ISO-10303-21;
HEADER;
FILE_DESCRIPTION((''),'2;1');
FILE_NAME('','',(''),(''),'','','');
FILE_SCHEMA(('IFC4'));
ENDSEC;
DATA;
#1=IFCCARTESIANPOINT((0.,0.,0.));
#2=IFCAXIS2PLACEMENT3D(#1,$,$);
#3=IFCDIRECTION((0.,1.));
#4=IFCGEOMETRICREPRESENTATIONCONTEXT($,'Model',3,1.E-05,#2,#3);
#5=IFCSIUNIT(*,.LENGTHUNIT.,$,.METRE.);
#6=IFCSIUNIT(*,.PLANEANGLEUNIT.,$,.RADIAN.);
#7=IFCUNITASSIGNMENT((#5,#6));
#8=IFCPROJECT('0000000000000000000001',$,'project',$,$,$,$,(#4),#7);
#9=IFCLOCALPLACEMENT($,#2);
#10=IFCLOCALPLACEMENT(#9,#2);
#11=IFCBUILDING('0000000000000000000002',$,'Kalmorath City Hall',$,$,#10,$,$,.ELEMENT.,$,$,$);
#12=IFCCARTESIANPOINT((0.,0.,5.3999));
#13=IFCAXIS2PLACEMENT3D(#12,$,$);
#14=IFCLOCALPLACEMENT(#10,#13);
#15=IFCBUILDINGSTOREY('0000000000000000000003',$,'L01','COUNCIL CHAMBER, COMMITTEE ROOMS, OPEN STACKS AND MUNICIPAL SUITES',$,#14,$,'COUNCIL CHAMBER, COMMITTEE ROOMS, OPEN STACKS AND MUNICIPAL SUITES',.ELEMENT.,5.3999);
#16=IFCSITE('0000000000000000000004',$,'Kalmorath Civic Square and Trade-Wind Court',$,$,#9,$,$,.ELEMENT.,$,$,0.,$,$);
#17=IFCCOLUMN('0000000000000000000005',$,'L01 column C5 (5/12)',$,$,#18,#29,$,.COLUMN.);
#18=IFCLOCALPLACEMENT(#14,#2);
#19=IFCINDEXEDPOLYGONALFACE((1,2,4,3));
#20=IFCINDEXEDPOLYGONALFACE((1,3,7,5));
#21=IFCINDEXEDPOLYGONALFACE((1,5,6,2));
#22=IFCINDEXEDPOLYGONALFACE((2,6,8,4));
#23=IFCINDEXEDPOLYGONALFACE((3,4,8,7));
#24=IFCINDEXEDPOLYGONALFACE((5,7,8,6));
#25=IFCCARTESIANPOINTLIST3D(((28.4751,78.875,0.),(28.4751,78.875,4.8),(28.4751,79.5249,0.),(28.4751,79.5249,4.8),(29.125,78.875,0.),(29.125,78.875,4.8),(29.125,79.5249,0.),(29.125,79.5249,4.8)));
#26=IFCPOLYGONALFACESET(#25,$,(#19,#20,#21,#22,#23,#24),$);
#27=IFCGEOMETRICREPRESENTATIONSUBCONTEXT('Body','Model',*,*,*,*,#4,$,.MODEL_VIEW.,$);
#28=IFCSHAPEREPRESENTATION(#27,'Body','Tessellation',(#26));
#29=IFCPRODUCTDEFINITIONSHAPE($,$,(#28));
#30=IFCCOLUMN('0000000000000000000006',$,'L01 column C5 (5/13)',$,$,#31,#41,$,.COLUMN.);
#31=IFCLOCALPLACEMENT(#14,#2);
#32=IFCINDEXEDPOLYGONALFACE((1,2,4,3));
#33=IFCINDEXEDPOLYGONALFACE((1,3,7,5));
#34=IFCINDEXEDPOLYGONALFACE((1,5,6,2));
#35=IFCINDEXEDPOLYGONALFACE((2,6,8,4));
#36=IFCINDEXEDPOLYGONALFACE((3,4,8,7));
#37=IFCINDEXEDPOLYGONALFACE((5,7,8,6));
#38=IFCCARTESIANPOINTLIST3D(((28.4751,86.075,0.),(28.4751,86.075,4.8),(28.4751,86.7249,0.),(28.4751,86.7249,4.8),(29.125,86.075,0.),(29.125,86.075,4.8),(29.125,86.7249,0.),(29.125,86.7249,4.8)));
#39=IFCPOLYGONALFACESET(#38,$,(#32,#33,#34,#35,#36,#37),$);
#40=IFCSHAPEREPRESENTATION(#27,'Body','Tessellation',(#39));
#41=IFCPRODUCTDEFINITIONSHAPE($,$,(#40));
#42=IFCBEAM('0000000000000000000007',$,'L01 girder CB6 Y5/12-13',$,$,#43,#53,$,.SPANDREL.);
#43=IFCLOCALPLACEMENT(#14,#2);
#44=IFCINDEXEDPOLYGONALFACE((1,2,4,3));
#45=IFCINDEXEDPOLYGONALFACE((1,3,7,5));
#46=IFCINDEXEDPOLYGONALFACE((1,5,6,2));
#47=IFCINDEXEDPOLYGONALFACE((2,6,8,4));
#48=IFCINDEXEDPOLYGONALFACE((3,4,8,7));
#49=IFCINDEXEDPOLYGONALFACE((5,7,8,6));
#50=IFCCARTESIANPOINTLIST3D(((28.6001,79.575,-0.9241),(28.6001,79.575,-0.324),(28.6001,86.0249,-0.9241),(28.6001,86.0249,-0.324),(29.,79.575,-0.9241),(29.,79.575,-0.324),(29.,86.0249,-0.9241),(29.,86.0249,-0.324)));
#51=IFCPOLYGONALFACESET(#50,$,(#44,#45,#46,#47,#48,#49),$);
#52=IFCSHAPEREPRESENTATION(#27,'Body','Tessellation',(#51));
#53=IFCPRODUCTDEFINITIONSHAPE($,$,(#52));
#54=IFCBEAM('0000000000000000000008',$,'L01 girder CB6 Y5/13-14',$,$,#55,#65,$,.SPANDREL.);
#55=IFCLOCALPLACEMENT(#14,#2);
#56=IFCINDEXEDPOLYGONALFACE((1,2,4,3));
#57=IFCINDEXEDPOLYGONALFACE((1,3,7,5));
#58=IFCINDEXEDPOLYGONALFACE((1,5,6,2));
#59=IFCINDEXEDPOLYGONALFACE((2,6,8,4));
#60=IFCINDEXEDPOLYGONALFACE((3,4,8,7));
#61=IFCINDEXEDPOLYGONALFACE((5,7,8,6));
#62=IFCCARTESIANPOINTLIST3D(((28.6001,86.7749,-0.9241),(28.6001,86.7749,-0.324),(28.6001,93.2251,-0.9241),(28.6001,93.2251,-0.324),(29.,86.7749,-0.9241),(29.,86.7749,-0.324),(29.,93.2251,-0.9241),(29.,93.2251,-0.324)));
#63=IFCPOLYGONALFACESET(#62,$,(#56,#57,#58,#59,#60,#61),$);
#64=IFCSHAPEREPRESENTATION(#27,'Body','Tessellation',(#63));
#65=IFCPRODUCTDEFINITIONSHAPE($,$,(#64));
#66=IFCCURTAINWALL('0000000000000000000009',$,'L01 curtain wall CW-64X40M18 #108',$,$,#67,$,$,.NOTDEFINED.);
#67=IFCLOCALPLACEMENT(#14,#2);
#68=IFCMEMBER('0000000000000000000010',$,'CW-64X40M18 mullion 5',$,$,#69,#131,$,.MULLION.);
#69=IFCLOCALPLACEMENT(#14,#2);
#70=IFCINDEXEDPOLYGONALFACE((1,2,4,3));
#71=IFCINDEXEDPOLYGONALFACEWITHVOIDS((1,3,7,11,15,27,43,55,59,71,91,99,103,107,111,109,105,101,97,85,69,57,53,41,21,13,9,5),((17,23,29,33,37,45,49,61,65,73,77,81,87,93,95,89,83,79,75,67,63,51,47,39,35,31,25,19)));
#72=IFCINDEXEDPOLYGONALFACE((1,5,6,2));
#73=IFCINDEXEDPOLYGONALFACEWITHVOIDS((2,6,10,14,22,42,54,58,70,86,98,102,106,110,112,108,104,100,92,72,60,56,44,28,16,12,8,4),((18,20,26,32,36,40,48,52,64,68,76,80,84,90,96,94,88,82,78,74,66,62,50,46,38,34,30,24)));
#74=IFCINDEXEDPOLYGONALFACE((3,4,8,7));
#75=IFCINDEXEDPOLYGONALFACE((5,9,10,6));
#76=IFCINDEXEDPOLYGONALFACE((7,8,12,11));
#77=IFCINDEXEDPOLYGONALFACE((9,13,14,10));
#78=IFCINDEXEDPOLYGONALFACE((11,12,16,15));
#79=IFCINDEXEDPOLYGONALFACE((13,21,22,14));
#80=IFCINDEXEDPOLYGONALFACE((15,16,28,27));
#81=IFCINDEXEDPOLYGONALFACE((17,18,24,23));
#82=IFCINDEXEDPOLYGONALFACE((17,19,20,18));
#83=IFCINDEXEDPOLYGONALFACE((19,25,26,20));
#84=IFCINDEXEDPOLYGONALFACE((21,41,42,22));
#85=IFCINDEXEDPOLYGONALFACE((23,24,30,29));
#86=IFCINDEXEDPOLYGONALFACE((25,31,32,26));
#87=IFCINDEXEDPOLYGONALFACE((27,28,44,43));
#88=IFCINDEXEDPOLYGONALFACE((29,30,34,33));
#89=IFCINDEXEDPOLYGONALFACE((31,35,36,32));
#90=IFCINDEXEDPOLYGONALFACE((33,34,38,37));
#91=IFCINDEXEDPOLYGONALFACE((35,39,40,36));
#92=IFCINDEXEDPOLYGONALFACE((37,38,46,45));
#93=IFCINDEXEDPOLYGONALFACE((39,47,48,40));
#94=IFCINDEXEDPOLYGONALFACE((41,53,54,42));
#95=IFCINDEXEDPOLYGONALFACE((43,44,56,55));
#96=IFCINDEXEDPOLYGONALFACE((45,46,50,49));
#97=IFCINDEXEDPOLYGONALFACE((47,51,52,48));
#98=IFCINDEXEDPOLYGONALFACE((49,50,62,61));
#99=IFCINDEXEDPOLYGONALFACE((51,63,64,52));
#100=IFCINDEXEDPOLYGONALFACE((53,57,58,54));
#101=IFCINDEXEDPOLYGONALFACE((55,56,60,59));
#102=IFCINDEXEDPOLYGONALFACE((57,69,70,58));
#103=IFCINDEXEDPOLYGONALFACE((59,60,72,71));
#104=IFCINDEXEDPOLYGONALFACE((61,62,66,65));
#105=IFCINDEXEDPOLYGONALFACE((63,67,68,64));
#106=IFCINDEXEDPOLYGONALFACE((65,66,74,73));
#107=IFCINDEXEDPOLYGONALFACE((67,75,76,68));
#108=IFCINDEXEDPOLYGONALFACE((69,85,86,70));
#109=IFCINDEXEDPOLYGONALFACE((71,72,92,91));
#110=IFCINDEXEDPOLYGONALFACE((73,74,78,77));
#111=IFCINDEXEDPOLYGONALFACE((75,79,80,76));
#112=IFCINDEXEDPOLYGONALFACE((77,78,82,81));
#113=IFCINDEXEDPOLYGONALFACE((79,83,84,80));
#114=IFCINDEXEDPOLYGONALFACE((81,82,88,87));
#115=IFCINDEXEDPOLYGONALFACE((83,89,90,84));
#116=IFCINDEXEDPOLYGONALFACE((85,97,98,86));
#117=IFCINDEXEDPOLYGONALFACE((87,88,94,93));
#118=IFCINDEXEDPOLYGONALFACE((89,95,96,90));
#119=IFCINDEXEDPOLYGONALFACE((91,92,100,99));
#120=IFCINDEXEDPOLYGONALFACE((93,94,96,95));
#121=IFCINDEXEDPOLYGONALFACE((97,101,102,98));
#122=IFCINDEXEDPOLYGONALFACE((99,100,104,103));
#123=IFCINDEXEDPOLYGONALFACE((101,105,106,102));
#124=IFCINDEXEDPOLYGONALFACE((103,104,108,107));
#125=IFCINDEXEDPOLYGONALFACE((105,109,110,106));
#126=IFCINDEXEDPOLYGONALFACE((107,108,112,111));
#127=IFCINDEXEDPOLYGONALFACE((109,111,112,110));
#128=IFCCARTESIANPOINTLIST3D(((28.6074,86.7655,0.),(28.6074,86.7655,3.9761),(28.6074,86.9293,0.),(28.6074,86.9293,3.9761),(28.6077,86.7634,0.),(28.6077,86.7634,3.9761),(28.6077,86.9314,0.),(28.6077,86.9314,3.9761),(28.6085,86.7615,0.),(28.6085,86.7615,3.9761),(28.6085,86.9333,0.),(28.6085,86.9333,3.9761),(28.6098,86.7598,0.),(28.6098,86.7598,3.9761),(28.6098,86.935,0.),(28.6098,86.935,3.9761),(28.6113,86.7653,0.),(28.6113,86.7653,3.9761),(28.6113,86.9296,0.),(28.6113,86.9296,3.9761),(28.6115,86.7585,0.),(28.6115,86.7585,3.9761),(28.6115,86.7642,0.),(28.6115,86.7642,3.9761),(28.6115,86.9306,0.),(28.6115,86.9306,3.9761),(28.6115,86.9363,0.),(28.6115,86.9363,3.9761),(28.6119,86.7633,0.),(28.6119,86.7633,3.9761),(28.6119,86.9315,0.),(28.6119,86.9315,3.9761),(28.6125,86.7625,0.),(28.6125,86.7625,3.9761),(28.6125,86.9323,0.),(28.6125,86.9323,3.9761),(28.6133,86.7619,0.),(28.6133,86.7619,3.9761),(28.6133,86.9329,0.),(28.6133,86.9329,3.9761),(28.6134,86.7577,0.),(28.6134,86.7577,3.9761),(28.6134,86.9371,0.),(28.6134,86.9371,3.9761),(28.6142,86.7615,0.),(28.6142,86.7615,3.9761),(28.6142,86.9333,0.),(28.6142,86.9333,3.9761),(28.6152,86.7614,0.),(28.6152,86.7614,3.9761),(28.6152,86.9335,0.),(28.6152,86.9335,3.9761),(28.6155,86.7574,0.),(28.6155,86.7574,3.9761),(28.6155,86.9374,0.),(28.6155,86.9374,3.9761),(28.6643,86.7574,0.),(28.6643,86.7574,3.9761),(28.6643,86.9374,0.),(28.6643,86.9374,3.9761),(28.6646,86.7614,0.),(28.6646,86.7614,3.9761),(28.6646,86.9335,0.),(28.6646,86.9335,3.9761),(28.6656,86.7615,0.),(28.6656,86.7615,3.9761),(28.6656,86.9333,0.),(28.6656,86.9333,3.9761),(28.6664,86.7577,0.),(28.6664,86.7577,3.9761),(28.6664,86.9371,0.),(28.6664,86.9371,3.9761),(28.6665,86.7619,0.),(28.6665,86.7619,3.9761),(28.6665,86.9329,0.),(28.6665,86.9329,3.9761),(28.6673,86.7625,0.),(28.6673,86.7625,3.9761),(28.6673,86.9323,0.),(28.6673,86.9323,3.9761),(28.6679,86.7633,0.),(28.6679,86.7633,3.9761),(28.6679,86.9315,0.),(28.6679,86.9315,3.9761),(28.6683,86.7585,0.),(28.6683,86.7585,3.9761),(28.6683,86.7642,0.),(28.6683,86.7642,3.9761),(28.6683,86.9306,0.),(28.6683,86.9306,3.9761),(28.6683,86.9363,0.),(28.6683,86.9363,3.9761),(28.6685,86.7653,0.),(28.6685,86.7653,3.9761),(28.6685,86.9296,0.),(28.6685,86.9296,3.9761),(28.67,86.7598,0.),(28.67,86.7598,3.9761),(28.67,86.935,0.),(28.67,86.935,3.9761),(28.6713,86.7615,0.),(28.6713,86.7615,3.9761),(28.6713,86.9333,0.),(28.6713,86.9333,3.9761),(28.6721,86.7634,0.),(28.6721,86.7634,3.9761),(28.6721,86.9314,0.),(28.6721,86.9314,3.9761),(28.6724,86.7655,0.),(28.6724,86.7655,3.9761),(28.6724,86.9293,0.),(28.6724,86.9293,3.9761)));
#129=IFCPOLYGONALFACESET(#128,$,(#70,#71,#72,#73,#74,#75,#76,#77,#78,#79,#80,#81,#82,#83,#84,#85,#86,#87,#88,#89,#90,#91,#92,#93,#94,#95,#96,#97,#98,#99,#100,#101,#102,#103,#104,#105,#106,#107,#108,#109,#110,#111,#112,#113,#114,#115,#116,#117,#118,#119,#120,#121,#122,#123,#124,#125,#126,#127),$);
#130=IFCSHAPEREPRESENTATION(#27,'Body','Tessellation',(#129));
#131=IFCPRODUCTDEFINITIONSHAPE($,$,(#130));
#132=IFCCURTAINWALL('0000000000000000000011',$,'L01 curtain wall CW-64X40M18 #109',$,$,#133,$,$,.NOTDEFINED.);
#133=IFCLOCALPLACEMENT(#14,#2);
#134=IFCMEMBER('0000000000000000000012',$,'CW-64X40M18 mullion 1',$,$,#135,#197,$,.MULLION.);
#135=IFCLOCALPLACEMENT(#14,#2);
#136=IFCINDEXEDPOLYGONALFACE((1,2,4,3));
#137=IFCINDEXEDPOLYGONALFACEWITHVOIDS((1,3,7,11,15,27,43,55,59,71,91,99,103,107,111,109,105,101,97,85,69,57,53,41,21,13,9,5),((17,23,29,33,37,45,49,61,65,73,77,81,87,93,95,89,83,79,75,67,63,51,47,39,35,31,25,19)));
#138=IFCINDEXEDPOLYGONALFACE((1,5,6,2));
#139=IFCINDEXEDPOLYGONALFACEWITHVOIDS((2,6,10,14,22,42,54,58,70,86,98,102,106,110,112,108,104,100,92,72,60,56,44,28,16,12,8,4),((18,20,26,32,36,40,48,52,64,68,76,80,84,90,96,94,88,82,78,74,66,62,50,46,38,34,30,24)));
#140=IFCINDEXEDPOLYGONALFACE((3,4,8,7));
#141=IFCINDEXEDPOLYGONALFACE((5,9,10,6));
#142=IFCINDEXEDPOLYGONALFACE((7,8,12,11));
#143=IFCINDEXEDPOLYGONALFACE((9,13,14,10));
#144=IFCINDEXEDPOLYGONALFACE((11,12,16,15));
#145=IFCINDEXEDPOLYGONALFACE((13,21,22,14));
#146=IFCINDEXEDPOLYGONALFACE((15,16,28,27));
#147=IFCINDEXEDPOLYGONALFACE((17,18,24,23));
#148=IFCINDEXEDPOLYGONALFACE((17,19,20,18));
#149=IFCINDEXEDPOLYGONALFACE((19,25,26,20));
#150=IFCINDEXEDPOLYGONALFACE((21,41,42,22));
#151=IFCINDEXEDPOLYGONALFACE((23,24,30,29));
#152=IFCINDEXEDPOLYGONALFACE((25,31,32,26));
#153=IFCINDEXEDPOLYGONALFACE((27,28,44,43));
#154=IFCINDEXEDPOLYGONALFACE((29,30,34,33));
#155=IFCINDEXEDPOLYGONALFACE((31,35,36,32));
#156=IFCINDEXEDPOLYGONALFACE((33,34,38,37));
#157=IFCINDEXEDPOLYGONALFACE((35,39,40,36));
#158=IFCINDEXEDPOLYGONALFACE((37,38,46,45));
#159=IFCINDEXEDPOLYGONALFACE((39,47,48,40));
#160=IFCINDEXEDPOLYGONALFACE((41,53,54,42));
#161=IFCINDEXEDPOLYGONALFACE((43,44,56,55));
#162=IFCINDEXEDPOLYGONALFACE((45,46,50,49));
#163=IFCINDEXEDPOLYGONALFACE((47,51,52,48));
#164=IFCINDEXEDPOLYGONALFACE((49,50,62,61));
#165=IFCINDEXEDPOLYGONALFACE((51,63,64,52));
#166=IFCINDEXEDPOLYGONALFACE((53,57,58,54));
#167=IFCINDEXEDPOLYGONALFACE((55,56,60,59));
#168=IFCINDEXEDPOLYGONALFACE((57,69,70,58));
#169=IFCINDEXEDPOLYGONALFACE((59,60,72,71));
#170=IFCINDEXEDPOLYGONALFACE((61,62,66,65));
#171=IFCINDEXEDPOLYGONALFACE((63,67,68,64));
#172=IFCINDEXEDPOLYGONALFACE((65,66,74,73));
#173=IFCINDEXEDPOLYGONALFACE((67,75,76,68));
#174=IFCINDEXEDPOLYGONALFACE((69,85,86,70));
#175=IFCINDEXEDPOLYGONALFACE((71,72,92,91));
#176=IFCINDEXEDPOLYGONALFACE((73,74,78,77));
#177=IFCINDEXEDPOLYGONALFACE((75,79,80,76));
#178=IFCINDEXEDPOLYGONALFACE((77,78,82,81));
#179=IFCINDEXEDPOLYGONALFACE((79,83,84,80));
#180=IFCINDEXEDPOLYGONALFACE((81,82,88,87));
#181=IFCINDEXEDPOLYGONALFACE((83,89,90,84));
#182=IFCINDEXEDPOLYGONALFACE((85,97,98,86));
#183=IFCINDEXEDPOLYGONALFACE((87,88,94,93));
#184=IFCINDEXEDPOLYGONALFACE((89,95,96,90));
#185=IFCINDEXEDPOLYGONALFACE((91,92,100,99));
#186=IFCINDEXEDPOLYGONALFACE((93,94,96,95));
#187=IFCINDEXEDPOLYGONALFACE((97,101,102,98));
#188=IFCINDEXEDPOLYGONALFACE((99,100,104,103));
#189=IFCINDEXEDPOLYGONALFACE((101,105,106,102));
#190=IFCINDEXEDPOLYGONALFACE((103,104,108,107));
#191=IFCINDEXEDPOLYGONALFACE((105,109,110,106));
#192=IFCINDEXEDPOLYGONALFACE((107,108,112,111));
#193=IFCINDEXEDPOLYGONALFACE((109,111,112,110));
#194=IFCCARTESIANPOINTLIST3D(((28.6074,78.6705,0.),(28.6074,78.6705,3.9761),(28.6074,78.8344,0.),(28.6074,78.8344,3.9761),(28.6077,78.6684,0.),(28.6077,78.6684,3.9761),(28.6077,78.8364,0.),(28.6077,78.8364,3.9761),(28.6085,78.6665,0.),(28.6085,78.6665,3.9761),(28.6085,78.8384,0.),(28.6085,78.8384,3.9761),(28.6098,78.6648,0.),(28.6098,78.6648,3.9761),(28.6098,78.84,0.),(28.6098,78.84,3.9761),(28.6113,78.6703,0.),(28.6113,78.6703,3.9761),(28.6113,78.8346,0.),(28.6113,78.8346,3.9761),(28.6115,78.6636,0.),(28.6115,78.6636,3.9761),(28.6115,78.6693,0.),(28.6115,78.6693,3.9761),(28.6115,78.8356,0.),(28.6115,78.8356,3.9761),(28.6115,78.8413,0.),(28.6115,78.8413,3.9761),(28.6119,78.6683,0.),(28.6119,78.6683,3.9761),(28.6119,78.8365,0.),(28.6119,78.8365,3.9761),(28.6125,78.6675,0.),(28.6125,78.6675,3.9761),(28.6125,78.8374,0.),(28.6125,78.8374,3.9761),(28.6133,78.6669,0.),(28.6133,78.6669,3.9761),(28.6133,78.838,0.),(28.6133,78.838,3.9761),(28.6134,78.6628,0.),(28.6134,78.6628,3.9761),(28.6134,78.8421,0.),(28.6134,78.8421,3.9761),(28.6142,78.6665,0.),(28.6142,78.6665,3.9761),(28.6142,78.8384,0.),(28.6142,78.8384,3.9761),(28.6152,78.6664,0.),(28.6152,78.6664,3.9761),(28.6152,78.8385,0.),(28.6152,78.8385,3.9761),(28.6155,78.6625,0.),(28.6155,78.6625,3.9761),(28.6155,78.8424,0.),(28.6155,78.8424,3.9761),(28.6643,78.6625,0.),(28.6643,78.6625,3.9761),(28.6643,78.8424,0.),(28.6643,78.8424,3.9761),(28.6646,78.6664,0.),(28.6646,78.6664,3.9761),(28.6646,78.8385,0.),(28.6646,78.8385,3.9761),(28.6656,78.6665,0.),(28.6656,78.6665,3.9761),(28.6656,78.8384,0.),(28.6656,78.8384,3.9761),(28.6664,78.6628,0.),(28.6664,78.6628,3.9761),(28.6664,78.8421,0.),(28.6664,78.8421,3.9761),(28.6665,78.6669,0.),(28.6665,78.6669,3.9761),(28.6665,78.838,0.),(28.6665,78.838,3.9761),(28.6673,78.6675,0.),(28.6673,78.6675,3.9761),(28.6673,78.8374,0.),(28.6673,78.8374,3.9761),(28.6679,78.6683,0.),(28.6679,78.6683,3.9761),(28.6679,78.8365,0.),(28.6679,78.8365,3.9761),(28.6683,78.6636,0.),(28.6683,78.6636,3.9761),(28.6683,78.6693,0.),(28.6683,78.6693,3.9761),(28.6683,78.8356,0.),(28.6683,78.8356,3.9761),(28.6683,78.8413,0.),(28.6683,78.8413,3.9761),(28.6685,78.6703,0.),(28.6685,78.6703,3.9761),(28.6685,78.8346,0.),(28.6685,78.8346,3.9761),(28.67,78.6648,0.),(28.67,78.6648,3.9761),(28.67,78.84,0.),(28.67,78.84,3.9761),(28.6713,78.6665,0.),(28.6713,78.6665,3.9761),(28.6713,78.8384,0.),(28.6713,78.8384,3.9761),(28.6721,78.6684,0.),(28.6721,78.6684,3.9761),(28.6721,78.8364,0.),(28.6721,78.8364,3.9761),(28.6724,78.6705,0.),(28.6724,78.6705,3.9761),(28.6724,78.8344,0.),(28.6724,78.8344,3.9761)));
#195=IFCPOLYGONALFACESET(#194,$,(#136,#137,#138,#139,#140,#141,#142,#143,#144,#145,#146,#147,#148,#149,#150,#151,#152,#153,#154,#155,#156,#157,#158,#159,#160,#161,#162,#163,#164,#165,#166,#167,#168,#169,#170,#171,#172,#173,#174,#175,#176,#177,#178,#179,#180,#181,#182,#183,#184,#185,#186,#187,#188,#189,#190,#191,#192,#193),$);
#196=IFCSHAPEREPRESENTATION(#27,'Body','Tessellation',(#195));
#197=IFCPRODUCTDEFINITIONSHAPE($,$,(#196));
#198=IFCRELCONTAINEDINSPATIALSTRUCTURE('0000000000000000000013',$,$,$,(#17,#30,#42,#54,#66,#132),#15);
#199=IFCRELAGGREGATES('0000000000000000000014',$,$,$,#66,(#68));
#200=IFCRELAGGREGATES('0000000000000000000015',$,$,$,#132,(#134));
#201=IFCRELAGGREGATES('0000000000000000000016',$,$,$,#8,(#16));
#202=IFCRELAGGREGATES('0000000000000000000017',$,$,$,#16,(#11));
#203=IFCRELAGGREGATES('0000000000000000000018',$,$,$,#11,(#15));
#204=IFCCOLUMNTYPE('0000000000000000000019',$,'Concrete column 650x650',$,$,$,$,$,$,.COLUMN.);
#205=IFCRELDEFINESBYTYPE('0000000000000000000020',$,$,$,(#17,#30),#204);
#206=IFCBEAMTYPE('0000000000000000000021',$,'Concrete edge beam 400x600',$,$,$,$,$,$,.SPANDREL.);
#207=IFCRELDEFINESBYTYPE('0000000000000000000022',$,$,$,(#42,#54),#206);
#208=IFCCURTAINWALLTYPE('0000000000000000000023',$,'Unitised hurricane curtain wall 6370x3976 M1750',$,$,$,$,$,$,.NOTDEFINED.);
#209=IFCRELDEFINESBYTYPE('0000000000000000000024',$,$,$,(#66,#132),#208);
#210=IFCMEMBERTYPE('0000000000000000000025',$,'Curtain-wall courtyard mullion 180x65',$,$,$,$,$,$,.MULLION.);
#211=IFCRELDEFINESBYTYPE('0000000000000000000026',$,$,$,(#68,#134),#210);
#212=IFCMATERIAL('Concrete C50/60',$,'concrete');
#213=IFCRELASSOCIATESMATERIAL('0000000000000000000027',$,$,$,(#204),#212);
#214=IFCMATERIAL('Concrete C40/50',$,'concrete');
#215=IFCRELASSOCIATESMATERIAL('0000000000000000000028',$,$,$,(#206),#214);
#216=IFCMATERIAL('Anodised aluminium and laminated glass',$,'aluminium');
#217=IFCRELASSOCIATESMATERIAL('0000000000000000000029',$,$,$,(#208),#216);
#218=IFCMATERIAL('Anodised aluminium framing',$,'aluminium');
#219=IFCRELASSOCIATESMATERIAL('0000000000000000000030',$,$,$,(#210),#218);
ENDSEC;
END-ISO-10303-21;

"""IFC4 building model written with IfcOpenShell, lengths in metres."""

from ifc_helpers import new_model, si_unit, direction, frame, origin, origin_2d, place, context, subcontext, project, spatial, rectangle, hollow_rectangle, extrude, material, material_profile, profile_set, type_object, element, aggregate, save


model = new_model("IFC4")

# Units and contexts
model_context = context("Model", 3, precision=1e-05, world=origin(), true_north=direction((0.0, 1.0)))
body_context = subcontext(model_context, "Body", "Model", "MODEL_VIEW")
ifc_project = project(units=[si_unit("LENGTHUNIT", "METRE"), si_unit("PLANEANGLEUNIT", "RADIAN")], contexts=[model_context])

# Site, building, storey
site_placement = place(None, origin())
site = spatial("IfcSite", under=ifc_project, at=site_placement, Name="Kalmorath Civic Square and Trade-Wind Court", CompositionType="ELEMENT", RefElevation=0.0)
building_placement = place(site_placement, origin())
building = spatial("IfcBuilding", under=site, at=building_placement, Name="Kalmorath City Hall", CompositionType="ELEMENT")
storey_placement = place(building_placement, frame((0.0, 0.0, 5.3999)))
storey = spatial("IfcBuildingStorey", under=building, at=storey_placement, Name="L01", Description="COUNCIL CHAMBER, COMMITTEE ROOMS, OPEN STACKS AND MUNICIPAL SUITES", LongName="COUNCIL CHAMBER, COMMITTEE ROOMS, OPEN STACKS AND MUNICIPAL SUITES", CompositionType="ELEMENT", Elevation=5.3999)

# Columns
ifc_material_1 = material(Name="Concrete C50/60", Category="concrete")
ifc_material_profile_1 = material_profile(ifc_material_1, rectangle(XDim=0.6499, YDim=0.6499, at=origin_2d()), Name="RC-COL-650X650")
ifc_profile_set_1 = profile_set([ifc_material_profile_1], Name="Concrete C50/60")
column_type = type_object("IfcColumnType", Name="Concrete column 650x650", PredefinedType="COLUMN", material=ifc_profile_set_1)
for number, where, z_axis, x_axis, name in (
    (1, (28.8, 79.2, 0.0), (0.0, 0.0, 1.0), (1.0, 0.0, 0.0), "L01 column C5 (5/12)"),
    (2, (28.8, 86.3999, 0.0), (0.0, 0.0, 1.0), (1.0, 0.0, 0.0), "L01 column C5 (5/13)"),
):
    element("IfcColumn", number, at=place(storey_placement, frame(where, z_axis=z_axis, x_axis=x_axis)), inside=storey, type_object=column_type, Name=name, PredefinedType="COLUMN", context=body_context, shape_type="SweptSolid", body=[
        extrude(rectangle(XDim=0.6499, YDim=0.6499, at=origin_2d()), origin(), (0.0, 0.0, 1.0), 4.8),
    ])

# Beams
ifc_material_2 = material(Name="Concrete C40/50", Category="concrete")
ifc_material_profile_2 = material_profile(ifc_material_2, rectangle(XDim=0.3999, YDim=0.6001, at=origin_2d()), Name="RC-BM-400X600")
ifc_profile_set_2 = profile_set([ifc_material_profile_2], Name="Concrete C40/50")
beam_type = type_object("IfcBeamType", Name="Concrete edge beam 400x600", PredefinedType="SPANDREL", material=ifc_profile_set_2)
beam_1_placement = place(storey_placement, frame((28.8, 79.575, -0.624), z_axis=(0.0, 1.0, 0.0), x_axis=(-1.0, 0.0, 0.0)))
element("IfcBeam", 3, at=beam_1_placement, inside=storey, type_object=beam_type, Name="L01 girder CB6 Y5/12-13", PredefinedType="SPANDREL", context=body_context, shape_type="SweptSolid", body=[
    extrude(rectangle(XDim=0.3999, YDim=0.6001, at=origin_2d()), origin(), (0.0, 0.0, 1.0), 6.45),
])
beam_2_placement = place(storey_placement, frame((28.8, 86.7749, -0.624), z_axis=(0.0, 1.0, 0.0), x_axis=(-1.0, 0.0, 0.0)))
element("IfcBeam", 4, at=beam_2_placement, inside=storey, type_object=beam_type, Name="L01 girder CB6 Y5/13-14", PredefinedType="SPANDREL", context=body_context, shape_type="SweptSolid", body=[
    extrude(rectangle(XDim=0.3999, YDim=0.6001, at=origin_2d()), origin(), (0.0, 0.0, 1.0), 6.4502),
])

# Curtain wall, member
ifc_material_3 = material(Name="Anodised aluminium and laminated glass", Category="aluminium")
curtain_wall_type = type_object("IfcCurtainWallType", Name="Unitised hurricane curtain wall 6370x3976 M1750", PredefinedType="NOTDEFINED", material=ifc_material_3)
curtain_wall_1_placement = place(storey_placement, origin())
curtain_wall_1 = element("IfcCurtainWall", 5, at=curtain_wall_1_placement, inside=storey, type_object=curtain_wall_type, Name="L01 curtain wall CW-64X40M18 #108", PredefinedType="NOTDEFINED")
ifc_material_4 = material(Name="Anodised aluminium framing", Category="aluminium")
ifc_material_profile_3 = material_profile(ifc_material_4, hollow_rectangle(XDim=0.0649, YDim=0.1799, WallThickness=0.0039, InnerFilletRadius=0.0039, OuterFilletRadius=0.0081, at=origin_2d()), Name="ALU-MUL-180X65X4")
ifc_profile_set_3 = profile_set([ifc_material_profile_3], Name="Anodised aluminium framing")
member_type_1 = type_object("IfcMemberType", Name="Curtain-wall courtyard mullion 180x65", PredefinedType="MULLION", material=ifc_profile_set_3)
member_1_placement = place(storey_placement, frame((28.6399, 86.8474, 0.0), z_axis=(0.0, 0.0, 1.0), x_axis=(1.0, 0.0, 0.0)))
member_1 = element("IfcMember", 6, at=member_1_placement, type_object=member_type_1, Name="CW-64X40M18 mullion 5", PredefinedType="MULLION", context=body_context, shape_type="SweptSolid", body=[
    extrude(hollow_rectangle(XDim=0.0649, YDim=0.1799, WallThickness=0.0039, InnerFilletRadius=0.0039, OuterFilletRadius=0.0081, at=origin_2d()), origin(), (0.0, 0.0, 1.0), 3.9761),
])

# Curtain wall, member
curtain_wall_2_placement = place(storey_placement, origin())
curtain_wall_2 = element("IfcCurtainWall", 7, at=curtain_wall_2_placement, inside=storey, type_object=curtain_wall_type, Name="L01 curtain wall CW-64X40M18 #109", PredefinedType="NOTDEFINED")
member_2_placement = place(storey_placement, frame((28.6399, 78.7524, 0.0), z_axis=(0.0, 0.0, 1.0), x_axis=(1.0, 0.0, 0.0)))
member_2 = element("IfcMember", 8, at=member_2_placement, type_object=member_type_1, Name="CW-64X40M18 mullion 1", PredefinedType="MULLION", context=body_context, shape_type="SweptSolid", body=[
    extrude(hollow_rectangle(XDim=0.0649, YDim=0.1799, WallThickness=0.0039, InnerFilletRadius=0.0039, OuterFilletRadius=0.0081, at=origin_2d()), origin(), (0.0, 0.0, 1.0), 3.9761),
])

aggregate(curtain_wall_1, [member_1])
aggregate(curtain_wall_2, [member_2])

save(model, "model.ifc")
